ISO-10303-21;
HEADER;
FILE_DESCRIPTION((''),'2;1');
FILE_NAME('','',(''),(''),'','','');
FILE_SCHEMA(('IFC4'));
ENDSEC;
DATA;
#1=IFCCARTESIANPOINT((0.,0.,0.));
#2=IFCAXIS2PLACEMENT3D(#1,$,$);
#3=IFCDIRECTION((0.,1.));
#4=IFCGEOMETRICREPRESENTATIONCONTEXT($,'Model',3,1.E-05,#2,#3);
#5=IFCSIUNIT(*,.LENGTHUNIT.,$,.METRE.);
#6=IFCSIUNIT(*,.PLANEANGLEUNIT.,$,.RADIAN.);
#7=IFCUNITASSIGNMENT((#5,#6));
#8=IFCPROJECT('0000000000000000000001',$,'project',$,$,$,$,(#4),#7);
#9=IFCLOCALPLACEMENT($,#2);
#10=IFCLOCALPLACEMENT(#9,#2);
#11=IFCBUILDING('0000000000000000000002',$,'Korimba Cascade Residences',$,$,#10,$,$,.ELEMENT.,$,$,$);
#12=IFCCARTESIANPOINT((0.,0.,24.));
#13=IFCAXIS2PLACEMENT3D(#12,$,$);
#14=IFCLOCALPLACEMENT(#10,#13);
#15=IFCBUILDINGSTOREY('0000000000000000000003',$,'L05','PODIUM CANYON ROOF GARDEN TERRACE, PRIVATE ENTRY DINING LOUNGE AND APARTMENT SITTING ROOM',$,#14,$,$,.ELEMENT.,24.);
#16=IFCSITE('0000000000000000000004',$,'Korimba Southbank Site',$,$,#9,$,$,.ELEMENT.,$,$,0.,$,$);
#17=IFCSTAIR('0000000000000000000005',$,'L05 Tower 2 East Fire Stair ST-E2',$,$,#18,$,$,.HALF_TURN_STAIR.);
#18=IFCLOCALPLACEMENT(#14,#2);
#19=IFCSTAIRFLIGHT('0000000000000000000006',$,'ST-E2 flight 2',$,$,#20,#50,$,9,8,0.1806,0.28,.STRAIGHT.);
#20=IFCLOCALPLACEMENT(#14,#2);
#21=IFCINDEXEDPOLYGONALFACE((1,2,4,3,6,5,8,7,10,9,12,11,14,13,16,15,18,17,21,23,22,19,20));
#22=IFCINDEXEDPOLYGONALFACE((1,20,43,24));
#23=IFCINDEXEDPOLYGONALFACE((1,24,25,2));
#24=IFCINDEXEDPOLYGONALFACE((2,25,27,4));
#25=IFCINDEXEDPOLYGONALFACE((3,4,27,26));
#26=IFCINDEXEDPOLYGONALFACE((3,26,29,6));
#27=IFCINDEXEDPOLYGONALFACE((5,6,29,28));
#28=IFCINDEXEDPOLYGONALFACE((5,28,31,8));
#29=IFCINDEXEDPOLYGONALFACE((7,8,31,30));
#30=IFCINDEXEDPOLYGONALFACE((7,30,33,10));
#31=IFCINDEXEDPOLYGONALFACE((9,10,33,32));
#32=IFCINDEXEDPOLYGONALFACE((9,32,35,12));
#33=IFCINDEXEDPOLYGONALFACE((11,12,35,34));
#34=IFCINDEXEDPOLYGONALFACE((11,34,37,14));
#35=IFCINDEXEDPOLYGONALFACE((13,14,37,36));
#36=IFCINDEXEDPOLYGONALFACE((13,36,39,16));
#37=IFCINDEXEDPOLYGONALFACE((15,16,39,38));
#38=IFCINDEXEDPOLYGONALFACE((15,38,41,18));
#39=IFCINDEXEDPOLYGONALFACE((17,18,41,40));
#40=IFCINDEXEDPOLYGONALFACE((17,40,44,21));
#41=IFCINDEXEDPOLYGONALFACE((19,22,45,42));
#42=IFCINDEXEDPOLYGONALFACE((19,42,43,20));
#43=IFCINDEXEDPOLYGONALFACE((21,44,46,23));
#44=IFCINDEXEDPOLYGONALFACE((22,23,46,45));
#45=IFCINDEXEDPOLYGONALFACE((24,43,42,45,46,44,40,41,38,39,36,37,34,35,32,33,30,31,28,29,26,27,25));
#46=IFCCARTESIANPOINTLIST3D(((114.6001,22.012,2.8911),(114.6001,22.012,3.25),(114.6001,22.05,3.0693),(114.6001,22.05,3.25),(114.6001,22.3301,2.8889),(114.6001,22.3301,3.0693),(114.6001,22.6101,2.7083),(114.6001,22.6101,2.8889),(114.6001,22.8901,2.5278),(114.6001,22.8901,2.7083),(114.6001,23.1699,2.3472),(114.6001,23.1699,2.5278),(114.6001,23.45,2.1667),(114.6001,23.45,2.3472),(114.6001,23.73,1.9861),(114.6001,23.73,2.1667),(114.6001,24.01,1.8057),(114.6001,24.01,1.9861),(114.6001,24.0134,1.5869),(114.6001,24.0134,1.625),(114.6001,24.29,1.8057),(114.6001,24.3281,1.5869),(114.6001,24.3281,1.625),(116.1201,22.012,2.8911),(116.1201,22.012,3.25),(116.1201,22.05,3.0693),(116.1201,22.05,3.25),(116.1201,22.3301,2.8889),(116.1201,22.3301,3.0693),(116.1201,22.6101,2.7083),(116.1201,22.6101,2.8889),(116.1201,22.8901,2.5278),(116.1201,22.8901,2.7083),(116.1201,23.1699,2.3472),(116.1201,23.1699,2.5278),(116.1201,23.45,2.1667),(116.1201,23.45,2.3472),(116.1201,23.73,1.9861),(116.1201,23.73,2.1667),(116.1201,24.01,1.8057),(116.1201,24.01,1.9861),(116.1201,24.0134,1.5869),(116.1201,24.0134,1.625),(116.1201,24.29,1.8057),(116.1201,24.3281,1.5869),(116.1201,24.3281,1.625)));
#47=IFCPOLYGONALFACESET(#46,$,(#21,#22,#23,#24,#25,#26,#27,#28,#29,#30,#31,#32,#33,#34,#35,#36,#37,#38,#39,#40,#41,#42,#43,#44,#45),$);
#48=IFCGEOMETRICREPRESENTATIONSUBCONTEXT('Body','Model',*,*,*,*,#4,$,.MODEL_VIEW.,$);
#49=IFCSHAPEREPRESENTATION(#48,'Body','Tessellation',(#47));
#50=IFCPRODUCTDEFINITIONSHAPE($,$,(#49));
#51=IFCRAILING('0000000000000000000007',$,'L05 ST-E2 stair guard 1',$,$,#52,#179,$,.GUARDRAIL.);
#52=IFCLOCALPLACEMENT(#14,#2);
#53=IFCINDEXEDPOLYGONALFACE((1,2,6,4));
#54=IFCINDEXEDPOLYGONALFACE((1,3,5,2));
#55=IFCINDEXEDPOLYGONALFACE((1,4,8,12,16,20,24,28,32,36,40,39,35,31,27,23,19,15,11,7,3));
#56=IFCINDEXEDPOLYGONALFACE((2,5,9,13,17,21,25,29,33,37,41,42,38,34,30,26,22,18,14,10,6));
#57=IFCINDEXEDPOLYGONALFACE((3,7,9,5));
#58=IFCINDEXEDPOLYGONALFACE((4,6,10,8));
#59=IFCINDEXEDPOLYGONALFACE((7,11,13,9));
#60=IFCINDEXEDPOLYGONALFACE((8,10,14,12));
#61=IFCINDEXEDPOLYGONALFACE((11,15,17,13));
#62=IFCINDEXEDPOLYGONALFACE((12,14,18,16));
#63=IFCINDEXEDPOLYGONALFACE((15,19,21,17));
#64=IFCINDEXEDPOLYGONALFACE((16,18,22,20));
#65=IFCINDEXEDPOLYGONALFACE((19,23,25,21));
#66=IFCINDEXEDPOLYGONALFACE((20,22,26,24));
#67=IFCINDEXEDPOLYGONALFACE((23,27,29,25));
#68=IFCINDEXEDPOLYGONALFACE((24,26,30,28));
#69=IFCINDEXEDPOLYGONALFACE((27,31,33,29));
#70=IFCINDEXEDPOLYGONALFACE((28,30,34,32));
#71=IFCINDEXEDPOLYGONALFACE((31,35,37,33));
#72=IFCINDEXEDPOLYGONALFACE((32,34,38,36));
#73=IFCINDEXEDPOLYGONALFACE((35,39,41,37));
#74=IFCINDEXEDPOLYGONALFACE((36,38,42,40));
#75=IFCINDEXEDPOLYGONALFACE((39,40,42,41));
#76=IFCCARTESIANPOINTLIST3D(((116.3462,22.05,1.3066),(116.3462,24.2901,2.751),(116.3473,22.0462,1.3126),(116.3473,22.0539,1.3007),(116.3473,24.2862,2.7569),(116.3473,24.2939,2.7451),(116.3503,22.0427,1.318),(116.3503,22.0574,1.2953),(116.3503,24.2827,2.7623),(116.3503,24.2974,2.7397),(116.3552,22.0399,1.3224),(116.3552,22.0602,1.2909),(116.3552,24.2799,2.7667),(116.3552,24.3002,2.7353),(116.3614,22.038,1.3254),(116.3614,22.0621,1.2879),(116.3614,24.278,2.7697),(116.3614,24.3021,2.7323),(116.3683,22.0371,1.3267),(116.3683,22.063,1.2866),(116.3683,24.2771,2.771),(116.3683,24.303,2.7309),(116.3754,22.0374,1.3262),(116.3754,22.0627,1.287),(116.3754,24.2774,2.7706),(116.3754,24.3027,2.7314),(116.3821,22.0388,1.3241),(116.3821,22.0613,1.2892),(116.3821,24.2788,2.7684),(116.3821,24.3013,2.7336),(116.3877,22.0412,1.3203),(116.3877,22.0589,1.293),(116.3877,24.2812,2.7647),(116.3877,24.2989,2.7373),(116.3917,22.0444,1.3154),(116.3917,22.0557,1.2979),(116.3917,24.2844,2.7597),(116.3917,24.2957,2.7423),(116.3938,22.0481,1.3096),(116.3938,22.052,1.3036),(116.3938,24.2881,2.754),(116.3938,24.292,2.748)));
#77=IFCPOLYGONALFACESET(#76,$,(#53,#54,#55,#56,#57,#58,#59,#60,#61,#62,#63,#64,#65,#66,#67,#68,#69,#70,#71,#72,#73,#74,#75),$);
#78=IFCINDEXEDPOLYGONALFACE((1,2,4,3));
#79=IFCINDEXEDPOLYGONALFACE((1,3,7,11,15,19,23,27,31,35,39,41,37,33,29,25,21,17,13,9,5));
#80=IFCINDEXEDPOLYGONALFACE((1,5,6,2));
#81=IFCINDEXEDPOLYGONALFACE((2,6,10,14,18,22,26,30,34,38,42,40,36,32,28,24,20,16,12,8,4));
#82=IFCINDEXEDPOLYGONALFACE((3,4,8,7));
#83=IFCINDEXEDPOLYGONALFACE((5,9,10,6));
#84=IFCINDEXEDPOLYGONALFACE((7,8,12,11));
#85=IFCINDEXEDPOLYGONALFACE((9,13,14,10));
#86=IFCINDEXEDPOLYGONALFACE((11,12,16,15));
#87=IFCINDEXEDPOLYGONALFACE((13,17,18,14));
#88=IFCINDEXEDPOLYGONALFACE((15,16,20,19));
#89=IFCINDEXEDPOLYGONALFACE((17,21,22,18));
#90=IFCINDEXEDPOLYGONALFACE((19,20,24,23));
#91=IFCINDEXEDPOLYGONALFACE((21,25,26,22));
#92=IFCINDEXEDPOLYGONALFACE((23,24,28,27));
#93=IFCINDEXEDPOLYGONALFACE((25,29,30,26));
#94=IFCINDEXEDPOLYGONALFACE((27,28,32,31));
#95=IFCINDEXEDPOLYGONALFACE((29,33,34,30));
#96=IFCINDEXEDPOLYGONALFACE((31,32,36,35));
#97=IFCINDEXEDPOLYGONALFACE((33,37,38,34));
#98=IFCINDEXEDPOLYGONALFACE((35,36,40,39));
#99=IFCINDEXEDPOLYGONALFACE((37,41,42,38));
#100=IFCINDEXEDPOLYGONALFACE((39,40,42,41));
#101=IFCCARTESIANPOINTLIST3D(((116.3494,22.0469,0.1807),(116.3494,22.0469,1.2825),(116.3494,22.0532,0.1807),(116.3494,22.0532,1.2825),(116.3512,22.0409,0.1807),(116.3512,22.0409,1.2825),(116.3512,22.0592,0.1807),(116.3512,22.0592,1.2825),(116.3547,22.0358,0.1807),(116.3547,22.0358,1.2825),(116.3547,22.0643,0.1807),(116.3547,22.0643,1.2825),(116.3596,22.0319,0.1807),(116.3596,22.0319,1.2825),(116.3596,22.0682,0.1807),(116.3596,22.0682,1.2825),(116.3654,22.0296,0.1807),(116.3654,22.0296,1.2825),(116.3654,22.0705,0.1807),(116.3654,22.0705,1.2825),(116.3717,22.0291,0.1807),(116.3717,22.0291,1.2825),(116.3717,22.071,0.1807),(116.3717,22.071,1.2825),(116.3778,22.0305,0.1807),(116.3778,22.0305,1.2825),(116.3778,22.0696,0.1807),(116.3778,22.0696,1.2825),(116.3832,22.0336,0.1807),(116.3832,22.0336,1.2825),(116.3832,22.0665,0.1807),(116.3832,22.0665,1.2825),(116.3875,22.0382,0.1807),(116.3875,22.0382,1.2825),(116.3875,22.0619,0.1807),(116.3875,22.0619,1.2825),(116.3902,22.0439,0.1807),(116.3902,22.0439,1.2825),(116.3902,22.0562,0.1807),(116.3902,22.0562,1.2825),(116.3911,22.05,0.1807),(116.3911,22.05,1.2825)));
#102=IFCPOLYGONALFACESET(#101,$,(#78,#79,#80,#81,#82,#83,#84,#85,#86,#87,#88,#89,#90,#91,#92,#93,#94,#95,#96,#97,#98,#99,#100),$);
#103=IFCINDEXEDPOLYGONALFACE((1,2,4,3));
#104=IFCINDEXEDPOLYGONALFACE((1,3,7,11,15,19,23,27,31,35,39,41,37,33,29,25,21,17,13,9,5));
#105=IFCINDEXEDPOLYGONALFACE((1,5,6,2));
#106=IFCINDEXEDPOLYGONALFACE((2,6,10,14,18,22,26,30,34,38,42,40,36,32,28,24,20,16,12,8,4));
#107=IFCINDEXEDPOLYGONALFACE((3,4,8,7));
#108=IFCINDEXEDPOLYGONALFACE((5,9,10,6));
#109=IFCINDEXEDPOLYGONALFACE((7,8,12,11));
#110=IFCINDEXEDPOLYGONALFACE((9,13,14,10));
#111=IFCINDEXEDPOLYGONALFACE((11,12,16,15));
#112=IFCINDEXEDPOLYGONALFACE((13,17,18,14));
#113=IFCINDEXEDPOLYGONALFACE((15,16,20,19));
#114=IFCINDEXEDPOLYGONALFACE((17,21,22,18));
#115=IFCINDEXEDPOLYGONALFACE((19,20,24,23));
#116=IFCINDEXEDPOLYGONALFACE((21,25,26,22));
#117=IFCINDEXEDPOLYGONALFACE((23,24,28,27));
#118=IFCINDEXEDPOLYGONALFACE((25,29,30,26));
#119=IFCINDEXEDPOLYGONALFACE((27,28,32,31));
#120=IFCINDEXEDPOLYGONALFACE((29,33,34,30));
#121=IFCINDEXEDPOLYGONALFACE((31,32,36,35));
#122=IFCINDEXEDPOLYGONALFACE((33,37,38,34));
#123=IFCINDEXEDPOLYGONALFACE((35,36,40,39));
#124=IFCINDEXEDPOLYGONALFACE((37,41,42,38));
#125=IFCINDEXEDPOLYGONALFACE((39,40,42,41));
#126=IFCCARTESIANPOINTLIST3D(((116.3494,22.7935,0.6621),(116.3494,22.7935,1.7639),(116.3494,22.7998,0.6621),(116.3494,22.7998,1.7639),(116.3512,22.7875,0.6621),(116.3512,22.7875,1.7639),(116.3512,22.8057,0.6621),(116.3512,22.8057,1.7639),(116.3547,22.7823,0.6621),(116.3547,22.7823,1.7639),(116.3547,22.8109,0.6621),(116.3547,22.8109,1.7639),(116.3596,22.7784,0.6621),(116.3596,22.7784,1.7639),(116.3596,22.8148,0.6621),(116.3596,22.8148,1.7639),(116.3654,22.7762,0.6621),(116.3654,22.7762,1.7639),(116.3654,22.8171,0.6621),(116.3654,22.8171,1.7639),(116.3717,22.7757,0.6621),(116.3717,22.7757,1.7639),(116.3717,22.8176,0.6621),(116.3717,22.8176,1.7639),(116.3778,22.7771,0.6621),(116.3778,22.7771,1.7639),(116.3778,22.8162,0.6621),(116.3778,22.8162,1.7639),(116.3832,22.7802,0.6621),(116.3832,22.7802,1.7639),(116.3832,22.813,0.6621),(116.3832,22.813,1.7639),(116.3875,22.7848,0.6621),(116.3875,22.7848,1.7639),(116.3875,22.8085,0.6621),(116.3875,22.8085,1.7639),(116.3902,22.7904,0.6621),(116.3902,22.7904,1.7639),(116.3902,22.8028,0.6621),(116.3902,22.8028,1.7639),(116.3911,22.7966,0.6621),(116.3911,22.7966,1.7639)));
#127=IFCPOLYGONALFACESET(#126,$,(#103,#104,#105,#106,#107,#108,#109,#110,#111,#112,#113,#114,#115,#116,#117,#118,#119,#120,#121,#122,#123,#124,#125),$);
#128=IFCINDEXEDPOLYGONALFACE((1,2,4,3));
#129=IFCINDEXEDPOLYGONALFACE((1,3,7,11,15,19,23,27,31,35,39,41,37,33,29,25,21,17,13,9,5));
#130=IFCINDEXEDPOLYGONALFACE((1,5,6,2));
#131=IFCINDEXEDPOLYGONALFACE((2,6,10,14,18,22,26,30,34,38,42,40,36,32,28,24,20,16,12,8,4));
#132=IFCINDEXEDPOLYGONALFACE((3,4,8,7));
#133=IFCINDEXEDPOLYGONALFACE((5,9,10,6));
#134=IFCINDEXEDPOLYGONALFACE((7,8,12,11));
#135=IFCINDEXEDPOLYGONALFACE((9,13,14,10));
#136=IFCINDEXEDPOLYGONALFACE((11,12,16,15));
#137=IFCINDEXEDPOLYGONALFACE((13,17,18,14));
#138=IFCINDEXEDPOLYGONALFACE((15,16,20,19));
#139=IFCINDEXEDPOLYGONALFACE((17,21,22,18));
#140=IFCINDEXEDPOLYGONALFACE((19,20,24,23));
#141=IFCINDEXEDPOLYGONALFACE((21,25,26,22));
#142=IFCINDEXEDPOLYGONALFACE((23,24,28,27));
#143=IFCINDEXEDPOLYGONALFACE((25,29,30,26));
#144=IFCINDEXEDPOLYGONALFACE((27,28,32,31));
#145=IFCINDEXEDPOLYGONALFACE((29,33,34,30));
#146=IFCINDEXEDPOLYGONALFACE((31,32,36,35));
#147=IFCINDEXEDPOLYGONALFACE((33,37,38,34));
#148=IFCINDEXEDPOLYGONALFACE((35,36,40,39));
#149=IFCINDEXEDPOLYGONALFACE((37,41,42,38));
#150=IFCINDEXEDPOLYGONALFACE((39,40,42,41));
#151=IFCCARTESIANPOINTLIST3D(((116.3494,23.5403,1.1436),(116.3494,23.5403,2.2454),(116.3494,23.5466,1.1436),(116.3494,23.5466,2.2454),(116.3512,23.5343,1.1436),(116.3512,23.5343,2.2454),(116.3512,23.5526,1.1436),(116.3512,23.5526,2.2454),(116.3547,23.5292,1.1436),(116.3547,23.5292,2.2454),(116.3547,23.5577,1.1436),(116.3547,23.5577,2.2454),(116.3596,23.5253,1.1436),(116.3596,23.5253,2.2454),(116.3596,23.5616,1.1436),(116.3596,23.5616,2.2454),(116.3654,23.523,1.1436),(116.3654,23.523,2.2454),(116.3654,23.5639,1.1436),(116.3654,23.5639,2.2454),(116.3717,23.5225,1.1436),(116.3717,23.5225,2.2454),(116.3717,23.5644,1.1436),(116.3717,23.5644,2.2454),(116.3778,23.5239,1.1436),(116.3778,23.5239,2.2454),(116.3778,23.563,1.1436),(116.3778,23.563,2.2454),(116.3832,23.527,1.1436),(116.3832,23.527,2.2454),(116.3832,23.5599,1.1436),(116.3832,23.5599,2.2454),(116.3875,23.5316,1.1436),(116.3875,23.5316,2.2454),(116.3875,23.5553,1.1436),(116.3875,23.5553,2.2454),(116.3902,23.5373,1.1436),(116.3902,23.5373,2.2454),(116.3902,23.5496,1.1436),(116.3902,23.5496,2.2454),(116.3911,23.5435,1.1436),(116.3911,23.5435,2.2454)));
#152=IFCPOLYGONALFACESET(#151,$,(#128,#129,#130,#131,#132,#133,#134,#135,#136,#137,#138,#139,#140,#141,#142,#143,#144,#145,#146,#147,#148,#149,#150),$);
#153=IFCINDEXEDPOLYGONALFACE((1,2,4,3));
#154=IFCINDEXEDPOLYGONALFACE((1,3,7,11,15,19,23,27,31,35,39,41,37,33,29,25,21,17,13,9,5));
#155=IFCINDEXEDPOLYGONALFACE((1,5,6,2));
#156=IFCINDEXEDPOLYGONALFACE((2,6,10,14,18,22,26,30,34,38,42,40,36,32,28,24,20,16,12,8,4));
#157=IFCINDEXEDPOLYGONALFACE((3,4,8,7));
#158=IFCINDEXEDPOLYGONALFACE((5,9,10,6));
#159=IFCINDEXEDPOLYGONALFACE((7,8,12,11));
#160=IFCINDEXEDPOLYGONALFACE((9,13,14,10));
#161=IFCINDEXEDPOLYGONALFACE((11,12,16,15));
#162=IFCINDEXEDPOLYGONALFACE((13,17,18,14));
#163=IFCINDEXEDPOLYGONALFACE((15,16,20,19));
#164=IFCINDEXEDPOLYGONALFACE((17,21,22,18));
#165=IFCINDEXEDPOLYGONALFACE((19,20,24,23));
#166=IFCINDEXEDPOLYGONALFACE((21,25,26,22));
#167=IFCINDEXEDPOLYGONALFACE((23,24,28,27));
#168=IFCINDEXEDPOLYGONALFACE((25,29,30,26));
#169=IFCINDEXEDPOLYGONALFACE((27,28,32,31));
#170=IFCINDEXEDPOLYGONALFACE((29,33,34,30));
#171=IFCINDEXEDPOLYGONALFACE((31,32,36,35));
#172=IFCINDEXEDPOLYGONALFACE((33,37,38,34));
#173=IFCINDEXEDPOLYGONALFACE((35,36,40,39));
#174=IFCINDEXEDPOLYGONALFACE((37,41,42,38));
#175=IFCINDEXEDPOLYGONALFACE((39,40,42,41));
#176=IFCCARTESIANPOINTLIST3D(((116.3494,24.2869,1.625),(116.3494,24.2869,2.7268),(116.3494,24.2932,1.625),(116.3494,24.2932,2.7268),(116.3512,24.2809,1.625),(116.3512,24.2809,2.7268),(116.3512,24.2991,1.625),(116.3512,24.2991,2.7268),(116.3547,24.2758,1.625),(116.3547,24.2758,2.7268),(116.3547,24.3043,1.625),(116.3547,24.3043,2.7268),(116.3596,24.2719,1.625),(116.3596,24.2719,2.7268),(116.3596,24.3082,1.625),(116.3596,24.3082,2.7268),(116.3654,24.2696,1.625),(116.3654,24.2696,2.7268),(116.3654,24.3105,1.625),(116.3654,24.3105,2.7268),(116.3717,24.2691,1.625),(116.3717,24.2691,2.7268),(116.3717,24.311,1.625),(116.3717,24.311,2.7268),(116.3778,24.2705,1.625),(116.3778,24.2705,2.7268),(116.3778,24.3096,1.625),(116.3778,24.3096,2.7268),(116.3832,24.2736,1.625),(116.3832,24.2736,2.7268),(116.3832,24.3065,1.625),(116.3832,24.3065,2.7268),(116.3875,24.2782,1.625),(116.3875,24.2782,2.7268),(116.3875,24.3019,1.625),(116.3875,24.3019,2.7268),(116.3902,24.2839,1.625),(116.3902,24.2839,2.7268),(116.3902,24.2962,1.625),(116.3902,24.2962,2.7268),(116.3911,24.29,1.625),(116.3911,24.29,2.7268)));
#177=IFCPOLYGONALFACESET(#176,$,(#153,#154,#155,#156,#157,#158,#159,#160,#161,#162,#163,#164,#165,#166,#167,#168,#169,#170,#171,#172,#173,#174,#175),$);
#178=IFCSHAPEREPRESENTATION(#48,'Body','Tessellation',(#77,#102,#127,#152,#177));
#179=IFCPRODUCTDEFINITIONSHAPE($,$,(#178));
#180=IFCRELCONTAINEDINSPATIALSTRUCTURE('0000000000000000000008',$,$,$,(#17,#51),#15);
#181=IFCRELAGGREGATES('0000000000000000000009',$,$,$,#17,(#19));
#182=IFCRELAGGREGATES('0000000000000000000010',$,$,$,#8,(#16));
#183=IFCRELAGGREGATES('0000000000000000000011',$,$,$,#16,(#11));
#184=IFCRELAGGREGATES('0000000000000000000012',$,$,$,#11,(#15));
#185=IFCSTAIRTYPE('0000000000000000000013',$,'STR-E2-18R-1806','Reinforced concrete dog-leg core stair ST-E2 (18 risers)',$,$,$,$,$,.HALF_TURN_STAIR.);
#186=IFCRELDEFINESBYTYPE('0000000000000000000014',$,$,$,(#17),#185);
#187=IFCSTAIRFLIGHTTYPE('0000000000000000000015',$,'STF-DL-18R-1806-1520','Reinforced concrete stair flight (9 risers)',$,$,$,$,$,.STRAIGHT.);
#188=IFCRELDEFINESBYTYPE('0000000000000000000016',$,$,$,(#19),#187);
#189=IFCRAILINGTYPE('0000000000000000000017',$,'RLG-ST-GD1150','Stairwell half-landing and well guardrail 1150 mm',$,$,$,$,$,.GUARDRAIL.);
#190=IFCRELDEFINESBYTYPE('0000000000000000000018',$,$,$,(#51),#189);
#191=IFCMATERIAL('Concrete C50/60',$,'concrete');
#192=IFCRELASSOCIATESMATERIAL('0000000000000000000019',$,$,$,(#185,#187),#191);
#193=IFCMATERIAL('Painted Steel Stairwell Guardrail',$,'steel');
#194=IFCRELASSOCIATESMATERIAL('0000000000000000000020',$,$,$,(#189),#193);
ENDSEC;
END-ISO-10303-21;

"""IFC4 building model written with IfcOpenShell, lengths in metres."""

from ifc_helpers import new_model, si_unit, direction, frame, origin, origin_2d, place, context, subcontext, project, spatial, polyline, circle, outline, extrude, material, type_object, element, aggregate, save


model = new_model("IFC4")

# Units and contexts
model_context = context("Model", 3, precision=1e-05, world=origin(), true_north=direction((0.0, 1.0)))
body_context = subcontext(model_context, "Body", "Model", "MODEL_VIEW")
ifc_project = project(units=[si_unit("LENGTHUNIT", "METRE"), si_unit("PLANEANGLEUNIT", "RADIAN")], contexts=[model_context])

# Site, building, storey
site_placement = place(None, origin())
site = spatial("IfcSite", under=ifc_project, at=site_placement, Name="Korimba Southbank Site", CompositionType="ELEMENT", RefElevation=0.0)
building_placement = place(site_placement, origin())
building = spatial("IfcBuilding", under=site, at=building_placement, Name="Korimba Cascade Residences", CompositionType="ELEMENT")
storey_placement = place(building_placement, frame((0.0, 0.0, 24.0)))
storey = spatial("IfcBuildingStorey", under=building, at=storey_placement, Name="L05", Description="PODIUM CANYON ROOF GARDEN TERRACE, PRIVATE ENTRY DINING LOUNGE AND APARTMENT SITTING ROOM", CompositionType="ELEMENT", Elevation=24.0)

# Shared definitions
ifc_material_1 = material(Name="Concrete C50/60", Category="concrete")

# Stair, stair flight
stair_type = type_object("IfcStairType", Name="STR-E2-18R-1806", Description="Reinforced concrete dog-leg core stair ST-E2 (18 risers)", PredefinedType="HALF_TURN_STAIR", material=ifc_material_1)
stair_placement = place(storey_placement, origin())
stair = element("IfcStair", 1, at=stair_placement, inside=storey, type_object=stair_type, Name="L05 Tower 2 East Fire Stair ST-E2", PredefinedType="HALF_TURN_STAIR")
stair_flight_type = type_object("IfcStairFlightType", Name="STF-DL-18R-1806-1520", Description="Reinforced concrete stair flight (9 risers)", PredefinedType="STRAIGHT", material=ifc_material_1)
stair_flight_1_placement = place(storey_placement, frame((115.3601, 24.29, 1.625), z_axis=(0.0, 0.0, 1.0), x_axis=(0.0, -1.0, 0.0)))
stair_flight_1 = element("IfcStairFlight", 2, at=stair_flight_1_placement, type_object=stair_flight_type, Name="ST-E2 flight 2", NumberOfRisers=9, NumberOfTreads=8, PredefinedType="STRAIGHT", RiserHeight=0.1806, TreadLength=0.28, context=body_context, shape_type="SweptSolid", body=[
    extrude(outline(polyline([(-0.0381, 0.0), (0.0, 0.1807), (0.28, 0.1807), (0.28, 0.3611), (0.5601, 0.3611), (0.5601, 0.5417), (0.8401, 0.5417), (0.8401, 0.7222), (1.1201, 0.7222), (1.1201, 0.9028), (1.3999, 0.9028), (1.3999, 1.0833), (1.6799, 1.0833), (1.6799, 1.2639), (1.96, 1.2639), (1.96, 1.4443), (2.24, 1.4443), (2.24, 1.625), (2.2781, 1.625), (2.2781, 1.2661), (0.2766, 0.0), (0.2766, -0.0381), (-0.0381, -0.0381), (-0.0381, 0.0)])), frame((0.0, 0.76, 0.0), z_axis=(0.0, -1.0, 0.0), x_axis=(1.0, 0.0, 0.0)), (0.0, 0.0, 1.0), 1.52),
])
aggregate(stair, [stair_flight_1])

# Railing
ifc_material_2 = material(Name="Painted Steel Stairwell Guardrail", Category="steel")
railing_type_1 = type_object("IfcRailingType", Name="RLG-ST-GD1150", Description="Stairwell half-landing and well guardrail 1150 mm", PredefinedType="GUARDRAIL", material=ifc_material_2)
railing_1_placement = place(storey_placement, frame((116.3701, 22.05, 0.1807)))
element("IfcRailing", 3, at=railing_1_placement, inside=storey, type_object=railing_type_1, Name="L05 ST-E2 stair guard 1", PredefinedType="GUARDRAIL", context=body_context, shape_type="SweptSolid", body=[
    extrude(circle(Radius=0.0239, at=origin_2d()), frame((0.0, 0.0, 1.126), z_axis=(0.0, 0.840437, 0.54191), x_axis=(-1.0, 0.0, 0.0)), (0.0, 0.0, 1.0), 2.6653),
    extrude(circle(Radius=0.021, at=origin_2d()), origin(), (0.0, 0.0, 1.0), 1.1018),
    extrude(circle(Radius=0.021, at=origin_2d()), frame((0.0, 0.7466, 0.4814)), (0.0, 0.0, 1.0), 1.1018),
    extrude(circle(Radius=0.021, at=origin_2d()), frame((0.0, 1.4934, 0.9629)), (0.0, 0.0, 1.0), 1.1018),
    extrude(circle(Radius=0.021, at=origin_2d()), frame((0.0, 2.24, 1.4443)), (0.0, 0.0, 1.0), 1.1018),
])

save(model, "model.ifc")
